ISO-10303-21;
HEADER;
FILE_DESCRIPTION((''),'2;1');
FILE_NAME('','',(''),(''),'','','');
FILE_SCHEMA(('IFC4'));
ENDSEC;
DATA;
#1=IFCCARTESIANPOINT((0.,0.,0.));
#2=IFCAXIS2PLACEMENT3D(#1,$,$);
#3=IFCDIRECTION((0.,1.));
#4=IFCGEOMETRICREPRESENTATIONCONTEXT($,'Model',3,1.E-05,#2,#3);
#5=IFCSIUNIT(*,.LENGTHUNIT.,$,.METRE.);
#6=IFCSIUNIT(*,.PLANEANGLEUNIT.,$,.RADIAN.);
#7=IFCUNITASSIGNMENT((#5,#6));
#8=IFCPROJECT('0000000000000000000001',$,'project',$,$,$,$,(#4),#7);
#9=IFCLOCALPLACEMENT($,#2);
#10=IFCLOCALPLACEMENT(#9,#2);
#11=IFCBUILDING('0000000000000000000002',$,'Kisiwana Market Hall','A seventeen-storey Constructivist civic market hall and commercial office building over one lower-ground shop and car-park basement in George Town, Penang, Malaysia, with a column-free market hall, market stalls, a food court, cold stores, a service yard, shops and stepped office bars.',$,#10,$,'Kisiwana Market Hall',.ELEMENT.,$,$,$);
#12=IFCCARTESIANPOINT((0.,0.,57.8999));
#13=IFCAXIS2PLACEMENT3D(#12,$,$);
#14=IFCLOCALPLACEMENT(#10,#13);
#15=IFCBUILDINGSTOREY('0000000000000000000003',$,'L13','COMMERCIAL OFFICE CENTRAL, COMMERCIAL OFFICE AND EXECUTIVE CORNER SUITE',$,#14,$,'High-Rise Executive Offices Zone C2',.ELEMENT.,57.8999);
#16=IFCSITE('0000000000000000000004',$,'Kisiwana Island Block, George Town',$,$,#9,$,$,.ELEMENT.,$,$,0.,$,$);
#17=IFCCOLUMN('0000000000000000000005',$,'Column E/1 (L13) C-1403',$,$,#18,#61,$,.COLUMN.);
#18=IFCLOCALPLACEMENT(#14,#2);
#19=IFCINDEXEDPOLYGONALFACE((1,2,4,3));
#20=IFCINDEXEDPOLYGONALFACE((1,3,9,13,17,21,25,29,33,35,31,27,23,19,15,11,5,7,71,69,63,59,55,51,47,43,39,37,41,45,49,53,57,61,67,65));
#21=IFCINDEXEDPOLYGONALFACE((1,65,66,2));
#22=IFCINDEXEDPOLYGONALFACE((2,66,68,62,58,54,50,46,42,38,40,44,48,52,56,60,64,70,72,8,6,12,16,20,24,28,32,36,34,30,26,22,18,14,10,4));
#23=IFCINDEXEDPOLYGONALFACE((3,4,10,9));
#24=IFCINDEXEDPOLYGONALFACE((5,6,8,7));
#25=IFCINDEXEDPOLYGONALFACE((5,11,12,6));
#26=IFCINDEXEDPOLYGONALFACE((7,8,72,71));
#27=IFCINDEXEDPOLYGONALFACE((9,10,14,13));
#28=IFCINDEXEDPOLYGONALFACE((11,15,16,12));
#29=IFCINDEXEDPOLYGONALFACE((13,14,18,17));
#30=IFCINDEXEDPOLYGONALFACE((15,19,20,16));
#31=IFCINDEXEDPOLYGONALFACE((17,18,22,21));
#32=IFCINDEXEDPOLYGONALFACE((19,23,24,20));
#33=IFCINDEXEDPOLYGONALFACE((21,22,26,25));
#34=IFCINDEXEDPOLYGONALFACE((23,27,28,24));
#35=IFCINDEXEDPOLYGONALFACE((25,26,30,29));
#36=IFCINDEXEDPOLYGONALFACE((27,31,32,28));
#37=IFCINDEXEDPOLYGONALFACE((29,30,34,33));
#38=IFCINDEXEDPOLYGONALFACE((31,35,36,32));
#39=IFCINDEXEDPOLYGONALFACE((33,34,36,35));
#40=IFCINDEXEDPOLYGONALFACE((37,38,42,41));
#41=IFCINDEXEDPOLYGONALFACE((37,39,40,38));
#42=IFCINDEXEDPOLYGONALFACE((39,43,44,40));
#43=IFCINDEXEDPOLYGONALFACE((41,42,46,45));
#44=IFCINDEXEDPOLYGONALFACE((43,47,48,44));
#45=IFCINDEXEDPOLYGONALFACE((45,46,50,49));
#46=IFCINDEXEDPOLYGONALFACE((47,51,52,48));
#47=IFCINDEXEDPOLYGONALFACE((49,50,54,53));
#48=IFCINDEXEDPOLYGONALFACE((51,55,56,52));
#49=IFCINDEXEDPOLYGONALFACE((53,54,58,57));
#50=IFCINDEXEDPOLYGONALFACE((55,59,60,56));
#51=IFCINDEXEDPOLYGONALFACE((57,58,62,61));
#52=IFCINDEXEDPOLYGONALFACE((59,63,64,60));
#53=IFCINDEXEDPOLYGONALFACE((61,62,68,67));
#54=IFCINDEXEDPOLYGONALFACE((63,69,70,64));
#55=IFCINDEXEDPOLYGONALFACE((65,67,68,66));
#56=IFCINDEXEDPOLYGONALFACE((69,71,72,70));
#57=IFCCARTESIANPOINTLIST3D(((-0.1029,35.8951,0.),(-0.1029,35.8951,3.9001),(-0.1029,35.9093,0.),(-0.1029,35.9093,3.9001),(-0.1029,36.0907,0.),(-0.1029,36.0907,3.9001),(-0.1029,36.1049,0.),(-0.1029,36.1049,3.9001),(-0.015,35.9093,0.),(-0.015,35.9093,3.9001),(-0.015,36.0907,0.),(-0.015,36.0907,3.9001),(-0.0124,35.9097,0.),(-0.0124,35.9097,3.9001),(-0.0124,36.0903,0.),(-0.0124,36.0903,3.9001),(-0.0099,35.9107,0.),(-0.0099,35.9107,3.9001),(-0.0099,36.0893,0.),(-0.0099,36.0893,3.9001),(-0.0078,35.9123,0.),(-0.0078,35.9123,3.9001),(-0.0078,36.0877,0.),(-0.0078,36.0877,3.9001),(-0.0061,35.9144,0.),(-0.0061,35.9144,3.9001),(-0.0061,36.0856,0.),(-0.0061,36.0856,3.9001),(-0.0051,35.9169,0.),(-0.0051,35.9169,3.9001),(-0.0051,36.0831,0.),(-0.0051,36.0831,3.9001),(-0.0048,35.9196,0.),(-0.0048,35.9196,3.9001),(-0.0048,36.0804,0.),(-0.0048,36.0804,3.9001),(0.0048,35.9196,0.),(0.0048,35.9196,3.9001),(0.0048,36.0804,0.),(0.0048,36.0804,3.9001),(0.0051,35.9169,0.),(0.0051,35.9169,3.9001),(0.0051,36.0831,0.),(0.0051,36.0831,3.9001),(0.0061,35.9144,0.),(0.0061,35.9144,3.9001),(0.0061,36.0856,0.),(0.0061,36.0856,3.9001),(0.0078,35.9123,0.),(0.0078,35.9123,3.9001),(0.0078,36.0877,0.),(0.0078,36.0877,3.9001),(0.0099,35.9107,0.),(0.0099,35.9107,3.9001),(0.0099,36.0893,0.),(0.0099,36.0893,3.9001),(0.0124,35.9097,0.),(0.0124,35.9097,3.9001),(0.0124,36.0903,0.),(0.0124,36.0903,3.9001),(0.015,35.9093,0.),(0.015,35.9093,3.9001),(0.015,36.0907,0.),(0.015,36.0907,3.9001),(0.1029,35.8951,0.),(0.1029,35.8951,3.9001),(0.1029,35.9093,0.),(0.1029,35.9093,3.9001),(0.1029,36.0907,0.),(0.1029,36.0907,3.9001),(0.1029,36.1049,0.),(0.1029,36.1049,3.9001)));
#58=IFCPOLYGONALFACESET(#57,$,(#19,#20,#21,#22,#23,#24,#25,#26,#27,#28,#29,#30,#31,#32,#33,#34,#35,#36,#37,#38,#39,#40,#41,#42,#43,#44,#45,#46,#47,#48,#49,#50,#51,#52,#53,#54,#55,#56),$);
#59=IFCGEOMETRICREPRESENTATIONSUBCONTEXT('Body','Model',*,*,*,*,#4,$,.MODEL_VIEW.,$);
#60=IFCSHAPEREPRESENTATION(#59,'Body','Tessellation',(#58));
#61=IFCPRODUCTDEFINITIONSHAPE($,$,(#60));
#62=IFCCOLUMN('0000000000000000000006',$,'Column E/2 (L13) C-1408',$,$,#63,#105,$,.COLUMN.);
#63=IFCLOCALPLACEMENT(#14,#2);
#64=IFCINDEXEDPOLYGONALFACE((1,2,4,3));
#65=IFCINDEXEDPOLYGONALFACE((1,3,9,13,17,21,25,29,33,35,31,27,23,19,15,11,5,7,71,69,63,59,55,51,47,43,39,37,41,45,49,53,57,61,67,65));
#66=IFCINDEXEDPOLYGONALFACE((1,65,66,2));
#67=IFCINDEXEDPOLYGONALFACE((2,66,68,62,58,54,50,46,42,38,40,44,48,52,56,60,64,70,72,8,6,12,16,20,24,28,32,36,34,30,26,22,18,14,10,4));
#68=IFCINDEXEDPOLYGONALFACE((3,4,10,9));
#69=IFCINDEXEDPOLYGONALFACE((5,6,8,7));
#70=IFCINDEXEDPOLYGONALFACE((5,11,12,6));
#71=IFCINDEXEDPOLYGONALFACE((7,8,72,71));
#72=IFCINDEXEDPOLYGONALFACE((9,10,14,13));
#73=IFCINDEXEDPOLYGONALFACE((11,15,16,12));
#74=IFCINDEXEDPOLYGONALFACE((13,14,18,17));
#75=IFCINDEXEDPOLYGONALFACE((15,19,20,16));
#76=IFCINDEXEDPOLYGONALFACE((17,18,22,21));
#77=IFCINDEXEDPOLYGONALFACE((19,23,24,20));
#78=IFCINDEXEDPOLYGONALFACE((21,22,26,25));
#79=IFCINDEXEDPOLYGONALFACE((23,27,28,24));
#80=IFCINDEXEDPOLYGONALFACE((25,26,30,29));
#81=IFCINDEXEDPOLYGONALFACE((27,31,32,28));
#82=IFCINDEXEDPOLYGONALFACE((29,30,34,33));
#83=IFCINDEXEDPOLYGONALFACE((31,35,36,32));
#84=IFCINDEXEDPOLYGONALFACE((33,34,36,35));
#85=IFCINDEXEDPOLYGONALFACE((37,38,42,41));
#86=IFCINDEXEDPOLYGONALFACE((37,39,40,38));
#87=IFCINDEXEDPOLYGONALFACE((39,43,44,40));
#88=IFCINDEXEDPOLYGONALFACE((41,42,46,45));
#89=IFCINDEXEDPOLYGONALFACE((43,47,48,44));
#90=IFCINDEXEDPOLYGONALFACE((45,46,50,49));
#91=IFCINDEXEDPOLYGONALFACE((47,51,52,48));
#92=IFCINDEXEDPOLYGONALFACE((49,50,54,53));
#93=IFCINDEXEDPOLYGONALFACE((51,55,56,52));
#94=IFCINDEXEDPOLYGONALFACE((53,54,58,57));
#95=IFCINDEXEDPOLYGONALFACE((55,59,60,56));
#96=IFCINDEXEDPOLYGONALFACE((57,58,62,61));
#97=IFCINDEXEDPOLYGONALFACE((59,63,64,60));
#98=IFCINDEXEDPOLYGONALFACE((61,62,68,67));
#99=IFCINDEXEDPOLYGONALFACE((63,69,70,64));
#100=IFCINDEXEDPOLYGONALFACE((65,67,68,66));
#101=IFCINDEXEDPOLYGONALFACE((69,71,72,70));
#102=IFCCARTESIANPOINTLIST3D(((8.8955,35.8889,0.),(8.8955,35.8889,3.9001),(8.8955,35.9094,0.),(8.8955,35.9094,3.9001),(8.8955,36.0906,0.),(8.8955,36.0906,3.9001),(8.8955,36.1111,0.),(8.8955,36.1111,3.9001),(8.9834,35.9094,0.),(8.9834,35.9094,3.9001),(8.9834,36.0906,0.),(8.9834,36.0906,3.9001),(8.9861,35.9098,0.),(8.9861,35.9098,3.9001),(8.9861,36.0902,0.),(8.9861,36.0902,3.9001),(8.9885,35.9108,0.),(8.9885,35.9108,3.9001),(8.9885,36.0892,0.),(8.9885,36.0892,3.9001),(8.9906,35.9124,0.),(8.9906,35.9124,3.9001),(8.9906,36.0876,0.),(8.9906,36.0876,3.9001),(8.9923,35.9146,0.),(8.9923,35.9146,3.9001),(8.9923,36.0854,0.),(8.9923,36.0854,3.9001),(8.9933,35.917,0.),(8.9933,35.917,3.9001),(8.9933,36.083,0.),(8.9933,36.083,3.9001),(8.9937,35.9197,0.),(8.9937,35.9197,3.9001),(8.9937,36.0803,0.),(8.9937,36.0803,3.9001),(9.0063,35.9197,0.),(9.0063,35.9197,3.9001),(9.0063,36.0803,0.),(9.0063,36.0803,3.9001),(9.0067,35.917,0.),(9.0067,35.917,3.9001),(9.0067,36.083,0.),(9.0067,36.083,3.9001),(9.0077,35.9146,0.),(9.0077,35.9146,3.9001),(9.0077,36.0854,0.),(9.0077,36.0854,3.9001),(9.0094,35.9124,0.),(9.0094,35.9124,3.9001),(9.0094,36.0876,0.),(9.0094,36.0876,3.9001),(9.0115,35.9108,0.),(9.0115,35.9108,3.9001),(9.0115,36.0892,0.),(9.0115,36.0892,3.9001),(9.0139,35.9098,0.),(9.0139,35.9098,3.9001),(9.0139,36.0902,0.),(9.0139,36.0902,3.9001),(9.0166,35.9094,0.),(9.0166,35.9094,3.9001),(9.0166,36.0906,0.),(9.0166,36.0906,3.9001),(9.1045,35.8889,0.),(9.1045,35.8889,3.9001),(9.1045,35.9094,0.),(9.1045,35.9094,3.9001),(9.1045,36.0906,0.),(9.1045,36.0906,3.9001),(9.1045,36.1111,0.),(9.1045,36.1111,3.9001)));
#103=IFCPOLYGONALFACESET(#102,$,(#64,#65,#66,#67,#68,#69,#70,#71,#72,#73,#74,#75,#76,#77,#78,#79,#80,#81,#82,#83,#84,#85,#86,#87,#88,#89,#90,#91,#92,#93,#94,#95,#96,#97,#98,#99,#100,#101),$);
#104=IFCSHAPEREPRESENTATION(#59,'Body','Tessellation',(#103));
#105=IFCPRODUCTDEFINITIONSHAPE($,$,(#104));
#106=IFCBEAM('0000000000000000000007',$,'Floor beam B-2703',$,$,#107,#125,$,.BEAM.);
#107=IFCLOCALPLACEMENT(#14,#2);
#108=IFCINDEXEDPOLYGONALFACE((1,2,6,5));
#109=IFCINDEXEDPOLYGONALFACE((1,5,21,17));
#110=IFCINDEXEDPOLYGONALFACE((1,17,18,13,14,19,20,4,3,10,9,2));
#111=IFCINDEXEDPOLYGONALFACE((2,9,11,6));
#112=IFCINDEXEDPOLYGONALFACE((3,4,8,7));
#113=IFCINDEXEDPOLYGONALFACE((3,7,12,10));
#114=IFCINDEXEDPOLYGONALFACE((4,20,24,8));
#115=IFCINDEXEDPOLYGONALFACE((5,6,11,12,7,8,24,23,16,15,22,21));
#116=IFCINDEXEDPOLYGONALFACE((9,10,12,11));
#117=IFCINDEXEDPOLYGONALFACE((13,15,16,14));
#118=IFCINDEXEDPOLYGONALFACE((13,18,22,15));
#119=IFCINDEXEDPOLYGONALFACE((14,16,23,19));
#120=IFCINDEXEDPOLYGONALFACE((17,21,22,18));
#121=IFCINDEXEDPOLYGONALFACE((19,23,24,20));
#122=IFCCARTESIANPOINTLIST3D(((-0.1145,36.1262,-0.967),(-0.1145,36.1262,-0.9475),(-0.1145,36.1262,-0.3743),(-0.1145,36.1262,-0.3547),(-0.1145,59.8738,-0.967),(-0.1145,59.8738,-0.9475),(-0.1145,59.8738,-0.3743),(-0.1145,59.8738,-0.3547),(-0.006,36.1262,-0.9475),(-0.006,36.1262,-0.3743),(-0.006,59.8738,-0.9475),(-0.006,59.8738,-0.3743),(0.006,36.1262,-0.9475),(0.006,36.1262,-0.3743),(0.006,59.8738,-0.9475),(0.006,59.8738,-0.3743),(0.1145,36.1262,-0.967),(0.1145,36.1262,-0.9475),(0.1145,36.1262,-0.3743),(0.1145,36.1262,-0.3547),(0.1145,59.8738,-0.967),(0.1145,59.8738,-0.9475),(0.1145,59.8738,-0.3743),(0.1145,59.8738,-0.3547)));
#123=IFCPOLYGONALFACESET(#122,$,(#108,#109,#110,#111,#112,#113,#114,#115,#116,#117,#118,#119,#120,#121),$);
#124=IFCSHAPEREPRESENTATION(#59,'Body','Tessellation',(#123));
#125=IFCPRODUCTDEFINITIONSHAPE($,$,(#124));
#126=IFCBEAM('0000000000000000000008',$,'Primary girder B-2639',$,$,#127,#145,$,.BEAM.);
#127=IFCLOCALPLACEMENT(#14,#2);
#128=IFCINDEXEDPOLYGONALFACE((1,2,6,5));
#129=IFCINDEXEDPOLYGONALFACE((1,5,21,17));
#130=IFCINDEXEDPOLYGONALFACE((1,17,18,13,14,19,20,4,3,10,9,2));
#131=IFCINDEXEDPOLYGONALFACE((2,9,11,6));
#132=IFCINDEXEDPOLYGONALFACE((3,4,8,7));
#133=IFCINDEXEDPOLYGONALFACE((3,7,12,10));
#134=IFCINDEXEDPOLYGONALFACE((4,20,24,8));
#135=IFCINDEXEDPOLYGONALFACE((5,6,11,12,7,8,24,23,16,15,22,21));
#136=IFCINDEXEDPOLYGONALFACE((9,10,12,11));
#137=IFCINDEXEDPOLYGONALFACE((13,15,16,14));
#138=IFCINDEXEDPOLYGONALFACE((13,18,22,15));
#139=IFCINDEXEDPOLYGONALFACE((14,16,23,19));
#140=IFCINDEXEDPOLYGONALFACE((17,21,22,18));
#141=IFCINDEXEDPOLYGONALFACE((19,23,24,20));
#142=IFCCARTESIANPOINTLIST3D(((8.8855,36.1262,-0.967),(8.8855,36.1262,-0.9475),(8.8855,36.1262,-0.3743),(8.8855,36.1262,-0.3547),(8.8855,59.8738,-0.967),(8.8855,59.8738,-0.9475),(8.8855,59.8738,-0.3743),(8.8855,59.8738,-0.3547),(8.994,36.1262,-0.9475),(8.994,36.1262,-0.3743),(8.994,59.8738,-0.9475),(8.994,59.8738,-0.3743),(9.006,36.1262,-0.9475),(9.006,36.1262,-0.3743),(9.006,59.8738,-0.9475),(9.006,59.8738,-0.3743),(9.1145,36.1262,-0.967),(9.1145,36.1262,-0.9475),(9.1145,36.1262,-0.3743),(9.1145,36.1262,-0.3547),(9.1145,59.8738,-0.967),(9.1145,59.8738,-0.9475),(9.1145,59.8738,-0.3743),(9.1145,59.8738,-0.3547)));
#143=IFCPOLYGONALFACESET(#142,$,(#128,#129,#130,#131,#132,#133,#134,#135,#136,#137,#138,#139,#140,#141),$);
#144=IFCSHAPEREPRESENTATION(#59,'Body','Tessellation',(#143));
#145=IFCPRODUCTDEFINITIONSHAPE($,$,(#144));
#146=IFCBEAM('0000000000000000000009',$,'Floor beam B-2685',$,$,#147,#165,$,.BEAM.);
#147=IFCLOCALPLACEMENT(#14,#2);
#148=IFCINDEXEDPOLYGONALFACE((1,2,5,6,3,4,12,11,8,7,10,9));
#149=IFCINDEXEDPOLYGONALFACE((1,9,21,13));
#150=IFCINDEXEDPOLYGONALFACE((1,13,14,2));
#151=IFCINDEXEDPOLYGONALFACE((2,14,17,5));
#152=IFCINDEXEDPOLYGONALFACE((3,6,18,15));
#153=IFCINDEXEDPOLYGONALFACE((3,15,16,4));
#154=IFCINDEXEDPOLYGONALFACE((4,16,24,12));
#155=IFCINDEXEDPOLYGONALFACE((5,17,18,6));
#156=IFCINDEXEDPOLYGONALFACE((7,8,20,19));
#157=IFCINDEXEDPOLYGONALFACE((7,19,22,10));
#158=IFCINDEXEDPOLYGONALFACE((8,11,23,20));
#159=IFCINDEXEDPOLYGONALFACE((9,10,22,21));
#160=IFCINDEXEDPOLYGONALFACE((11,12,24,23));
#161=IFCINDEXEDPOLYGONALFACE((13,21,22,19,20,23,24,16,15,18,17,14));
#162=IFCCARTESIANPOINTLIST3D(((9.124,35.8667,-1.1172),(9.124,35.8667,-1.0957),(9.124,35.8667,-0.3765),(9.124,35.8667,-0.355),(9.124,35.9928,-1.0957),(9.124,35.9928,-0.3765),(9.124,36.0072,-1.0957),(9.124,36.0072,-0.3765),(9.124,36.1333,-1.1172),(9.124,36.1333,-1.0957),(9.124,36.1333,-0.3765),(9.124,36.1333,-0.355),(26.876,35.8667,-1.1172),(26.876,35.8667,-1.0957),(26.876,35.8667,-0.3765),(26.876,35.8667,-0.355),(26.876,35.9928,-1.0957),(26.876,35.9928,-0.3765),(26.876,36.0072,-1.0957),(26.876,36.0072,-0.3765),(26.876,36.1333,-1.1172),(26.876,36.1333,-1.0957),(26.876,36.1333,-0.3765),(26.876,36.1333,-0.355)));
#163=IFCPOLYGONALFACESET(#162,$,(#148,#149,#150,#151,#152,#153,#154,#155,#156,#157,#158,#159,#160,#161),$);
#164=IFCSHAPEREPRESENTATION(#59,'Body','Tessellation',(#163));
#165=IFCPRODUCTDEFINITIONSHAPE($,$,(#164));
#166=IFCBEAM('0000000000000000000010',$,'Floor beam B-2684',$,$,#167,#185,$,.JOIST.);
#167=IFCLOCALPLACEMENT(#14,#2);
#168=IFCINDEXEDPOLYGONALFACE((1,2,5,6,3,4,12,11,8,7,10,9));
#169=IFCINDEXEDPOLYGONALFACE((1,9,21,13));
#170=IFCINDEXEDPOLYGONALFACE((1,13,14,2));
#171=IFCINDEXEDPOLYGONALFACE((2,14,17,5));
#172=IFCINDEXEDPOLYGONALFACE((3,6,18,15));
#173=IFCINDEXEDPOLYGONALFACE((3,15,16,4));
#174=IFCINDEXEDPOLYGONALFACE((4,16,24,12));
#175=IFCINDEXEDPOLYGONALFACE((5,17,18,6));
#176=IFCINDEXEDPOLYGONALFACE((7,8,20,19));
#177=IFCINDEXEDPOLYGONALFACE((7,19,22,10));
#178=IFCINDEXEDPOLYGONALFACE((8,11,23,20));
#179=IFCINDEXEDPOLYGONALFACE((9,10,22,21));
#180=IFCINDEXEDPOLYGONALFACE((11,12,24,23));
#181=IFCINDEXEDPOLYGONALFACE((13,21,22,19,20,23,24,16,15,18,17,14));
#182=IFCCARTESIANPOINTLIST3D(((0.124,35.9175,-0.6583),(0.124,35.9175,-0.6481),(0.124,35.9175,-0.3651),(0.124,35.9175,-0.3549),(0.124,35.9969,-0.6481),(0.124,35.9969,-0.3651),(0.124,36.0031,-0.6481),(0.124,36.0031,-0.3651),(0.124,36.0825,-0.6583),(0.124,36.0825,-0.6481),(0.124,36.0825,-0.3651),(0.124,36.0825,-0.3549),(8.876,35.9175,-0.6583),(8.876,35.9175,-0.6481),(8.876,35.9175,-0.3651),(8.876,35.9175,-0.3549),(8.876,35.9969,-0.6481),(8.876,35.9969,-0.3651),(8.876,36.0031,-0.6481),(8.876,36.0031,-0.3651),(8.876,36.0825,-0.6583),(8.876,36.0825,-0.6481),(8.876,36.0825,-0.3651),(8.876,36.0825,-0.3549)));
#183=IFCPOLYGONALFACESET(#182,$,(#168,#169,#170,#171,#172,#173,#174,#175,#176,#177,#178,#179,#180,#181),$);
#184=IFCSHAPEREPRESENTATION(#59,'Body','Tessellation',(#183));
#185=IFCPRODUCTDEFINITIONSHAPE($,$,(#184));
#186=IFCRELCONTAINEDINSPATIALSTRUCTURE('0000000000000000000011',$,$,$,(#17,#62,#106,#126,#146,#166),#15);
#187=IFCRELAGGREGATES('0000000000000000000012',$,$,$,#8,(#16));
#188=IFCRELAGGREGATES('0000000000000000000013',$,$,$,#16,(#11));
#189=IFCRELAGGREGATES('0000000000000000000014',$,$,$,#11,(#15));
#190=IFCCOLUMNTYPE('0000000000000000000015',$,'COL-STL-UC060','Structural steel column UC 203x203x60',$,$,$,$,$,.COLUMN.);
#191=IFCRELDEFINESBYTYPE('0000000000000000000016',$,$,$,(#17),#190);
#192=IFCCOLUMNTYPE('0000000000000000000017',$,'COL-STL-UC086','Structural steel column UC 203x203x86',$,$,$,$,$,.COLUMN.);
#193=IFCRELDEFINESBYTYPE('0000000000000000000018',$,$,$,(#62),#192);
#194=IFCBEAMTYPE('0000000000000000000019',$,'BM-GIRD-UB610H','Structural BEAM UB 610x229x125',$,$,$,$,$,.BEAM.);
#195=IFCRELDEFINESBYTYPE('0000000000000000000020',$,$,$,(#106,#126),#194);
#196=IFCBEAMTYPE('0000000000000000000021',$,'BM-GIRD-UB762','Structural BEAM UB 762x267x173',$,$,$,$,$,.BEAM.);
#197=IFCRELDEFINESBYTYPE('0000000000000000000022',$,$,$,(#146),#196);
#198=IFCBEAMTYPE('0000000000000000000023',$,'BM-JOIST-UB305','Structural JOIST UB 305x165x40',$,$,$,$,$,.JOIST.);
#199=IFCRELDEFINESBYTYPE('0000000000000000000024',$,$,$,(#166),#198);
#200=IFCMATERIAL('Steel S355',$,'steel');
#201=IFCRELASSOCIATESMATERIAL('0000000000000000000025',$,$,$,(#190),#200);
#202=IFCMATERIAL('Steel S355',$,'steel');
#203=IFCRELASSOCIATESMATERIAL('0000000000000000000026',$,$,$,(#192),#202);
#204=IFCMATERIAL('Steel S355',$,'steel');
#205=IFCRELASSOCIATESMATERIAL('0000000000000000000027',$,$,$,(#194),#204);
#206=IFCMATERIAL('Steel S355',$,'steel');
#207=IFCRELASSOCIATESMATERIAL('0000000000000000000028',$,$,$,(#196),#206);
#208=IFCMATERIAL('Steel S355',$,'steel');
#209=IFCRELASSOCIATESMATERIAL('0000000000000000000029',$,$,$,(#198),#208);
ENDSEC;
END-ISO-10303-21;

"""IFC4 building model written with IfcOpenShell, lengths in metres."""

from ifc_helpers import new_model, si_unit, direction, frame, origin, origin_2d, place, context, subcontext, project, spatial, i_section, extrude, material, material_profile, profile_set, type_object, element, save


model = new_model("IFC4")

# Units and contexts
model_context = context("Model", 3, precision=1e-05, world=origin(), true_north=direction((0.0, 1.0)))
body_context = subcontext(model_context, "Body", "Model", "MODEL_VIEW")
ifc_project = project(units=[si_unit("LENGTHUNIT", "METRE"), si_unit("PLANEANGLEUNIT", "RADIAN")], contexts=[model_context])

# Site, building, storey
site_placement = place(None, origin())
site = spatial("IfcSite", under=ifc_project, at=site_placement, Name="Kisiwana Island Block, George Town", CompositionType="ELEMENT", RefElevation=0.0)
building_placement = place(site_placement, origin())
building = spatial("IfcBuilding", under=site, at=building_placement, Name="Kisiwana Market Hall", Description="A seventeen-storey Constructivist civic market hall and commercial office building over one lower-ground shop and car-park basement in George Town, Penang, Malaysia, with a column-free market hall, market stalls, a food court, cold stores, a service yard, shops and stepped office bars.", LongName="Kisiwana Market Hall", CompositionType="ELEMENT")
storey_placement = place(building_placement, frame((0.0, 0.0, 57.8999)))
storey = spatial("IfcBuildingStorey", under=building, at=storey_placement, Name="L13", Description="COMMERCIAL OFFICE CENTRAL, COMMERCIAL OFFICE AND EXECUTIVE CORNER SUITE", LongName="High-Rise Executive Offices Zone C2", CompositionType="ELEMENT", Elevation=57.8999)

# Columns
ifc_material_1 = material(Name="Steel S355", Category="steel")
ifc_material_profile_1 = material_profile(ifc_material_1, i_section(OverallWidth=0.2058, OverallDepth=0.2097, WebThickness=0.0095, FlangeThickness=0.0142, FilletRadius=0.0103, at=origin_2d()), Name="UC 203x203x60")
ifc_profile_set_1 = profile_set([ifc_material_profile_1], Name="Steel S355")
column_type_1 = type_object("IfcColumnType", Name="COL-STL-UC060", Description="Structural steel column UC 203x203x60", PredefinedType="COLUMN", material=ifc_profile_set_1)
column_1_placement = place(storey_placement, frame((0.0, 36.0, 0.0), z_axis=(0.0, 0.0, 1.0), x_axis=(1.0, 0.0, 0.0)))
element("IfcColumn", 1, at=column_1_placement, inside=storey, type_object=column_type_1, Name="Column E/1 (L13) C-1403", PredefinedType="COLUMN", context=body_context, shape_type="SweptSolid", body=[
    extrude(i_section(OverallWidth=0.2058, OverallDepth=0.2097, WebThickness=0.0095, FlangeThickness=0.0142, FilletRadius=0.0103, at=origin_2d()), origin(), (0.0, 0.0, 1.0), 3.9001),
])
ifc_material_2 = material(Name="Steel S355", Category="steel")
ifc_material_profile_2 = material_profile(ifc_material_2, i_section(OverallWidth=0.209, OverallDepth=0.2222, WebThickness=0.0127, FlangeThickness=0.0205, FilletRadius=0.0103, at=origin_2d()), Name="UC 203x203x86")
ifc_profile_set_2 = profile_set([ifc_material_profile_2], Name="Steel S355")
column_type_2 = type_object("IfcColumnType", Name="COL-STL-UC086", Description="Structural steel column UC 203x203x86", PredefinedType="COLUMN", material=ifc_profile_set_2)
column_2_placement = place(storey_placement, frame((9.0, 36.0, 0.0), z_axis=(0.0, 0.0, 1.0), x_axis=(1.0, 0.0, 0.0)))
element("IfcColumn", 2, at=column_2_placement, inside=storey, type_object=column_type_2, Name="Column E/2 (L13) C-1408", PredefinedType="COLUMN", context=body_context, shape_type="SweptSolid", body=[
    extrude(i_section(OverallWidth=0.209, OverallDepth=0.2222, WebThickness=0.0127, FlangeThickness=0.0205, FilletRadius=0.0103, at=origin_2d()), origin(), (0.0, 0.0, 1.0), 3.9001),
])

# Beams
ifc_material_3 = material(Name="Steel S355", Category="steel")
ifc_material_profile_3 = material_profile(ifc_material_3, i_section(OverallWidth=0.229, OverallDepth=0.6123, WebThickness=0.012, FlangeThickness=0.0195, at=origin_2d()), Name="UB 610x229x125")
ifc_profile_set_3 = profile_set([ifc_material_profile_3], Name="Steel S355")
beam_type_1 = type_object("IfcBeamType", Name="BM-GIRD-UB610H", Description="Structural BEAM UB 610x229x125", PredefinedType="BEAM", material=ifc_profile_set_3)
for number, where, z_axis, x_axis, name in (
    (3, (0.0, 36.1262, -0.6609), (0.0, 1.0, 0.0), (-1.0, 0.0, 0.0), "Floor beam B-2703"),
    (4, (9.0, 36.1262, -0.6609), (0.0, 1.0, 0.0), (-1.0, 0.0, 0.0), "Primary girder B-2639"),
):
    element("IfcBeam", number, at=place(storey_placement, frame(where, z_axis=z_axis, x_axis=x_axis)), inside=storey, type_object=beam_type_1, Name=name, PredefinedType="BEAM", context=body_context, shape_type="SweptSolid", body=[
        extrude(i_section(OverallWidth=0.229, OverallDepth=0.6123, WebThickness=0.012, FlangeThickness=0.0195, at=origin_2d()), origin(), (0.0, 0.0, 1.0), 23.7476),
    ])
ifc_material_4 = material(Name="Steel S355", Category="steel")
ifc_material_profile_4 = material_profile(ifc_material_4, i_section(OverallWidth=0.2666, OverallDepth=0.7622, WebThickness=0.0144, FlangeThickness=0.0215, at=origin_2d()), Name="UB 762x267x173")
ifc_profile_set_4 = profile_set([ifc_material_profile_4], Name="Steel S355")
beam_type_2 = type_object("IfcBeamType", Name="BM-GIRD-UB762", Description="Structural BEAM UB 762x267x173", PredefinedType="BEAM", material=ifc_profile_set_4)
beam_1_placement = place(storey_placement, frame((9.124, 36.0, -0.7361), z_axis=(1.0, 0.0, 0.0), x_axis=(0.0, 1.0, 0.0)))
element("IfcBeam", 5, at=beam_1_placement, inside=storey, type_object=beam_type_2, Name="Floor beam B-2685", PredefinedType="BEAM", context=body_context, shape_type="SweptSolid", body=[
    extrude(i_section(OverallWidth=0.2666, OverallDepth=0.7622, WebThickness=0.0144, FlangeThickness=0.0215, at=origin_2d()), origin(), (0.0, 0.0, 1.0), 17.752),
])
ifc_material_5 = material(Name="Steel S355", Category="steel")
ifc_material_profile_5 = material_profile(ifc_material_5, i_section(OverallWidth=0.165, OverallDepth=0.3035, WebThickness=0.0061, FlangeThickness=0.0103, at=origin_2d()), Name="UB 305x165x40")
ifc_profile_set_5 = profile_set([ifc_material_profile_5], Name="Steel S355")
beam_type_3 = type_object("IfcBeamType", Name="BM-JOIST-UB305", Description="Structural JOIST UB 305x165x40", PredefinedType="JOIST", material=ifc_profile_set_5)
beam_2_placement = place(storey_placement, frame((0.124, 36.0, -0.5066), z_axis=(1.0, 0.0, 0.0), x_axis=(0.0, 1.0, 0.0)))
element("IfcBeam", 6, at=beam_2_placement, inside=storey, type_object=beam_type_3, Name="Floor beam B-2684", PredefinedType="JOIST", context=body_context, shape_type="SweptSolid", body=[
    extrude(i_section(OverallWidth=0.165, OverallDepth=0.3035, WebThickness=0.0061, FlangeThickness=0.0103, at=origin_2d()), origin(), (0.0, 0.0, 1.0), 8.752),
])

save(model, "model.ifc")
